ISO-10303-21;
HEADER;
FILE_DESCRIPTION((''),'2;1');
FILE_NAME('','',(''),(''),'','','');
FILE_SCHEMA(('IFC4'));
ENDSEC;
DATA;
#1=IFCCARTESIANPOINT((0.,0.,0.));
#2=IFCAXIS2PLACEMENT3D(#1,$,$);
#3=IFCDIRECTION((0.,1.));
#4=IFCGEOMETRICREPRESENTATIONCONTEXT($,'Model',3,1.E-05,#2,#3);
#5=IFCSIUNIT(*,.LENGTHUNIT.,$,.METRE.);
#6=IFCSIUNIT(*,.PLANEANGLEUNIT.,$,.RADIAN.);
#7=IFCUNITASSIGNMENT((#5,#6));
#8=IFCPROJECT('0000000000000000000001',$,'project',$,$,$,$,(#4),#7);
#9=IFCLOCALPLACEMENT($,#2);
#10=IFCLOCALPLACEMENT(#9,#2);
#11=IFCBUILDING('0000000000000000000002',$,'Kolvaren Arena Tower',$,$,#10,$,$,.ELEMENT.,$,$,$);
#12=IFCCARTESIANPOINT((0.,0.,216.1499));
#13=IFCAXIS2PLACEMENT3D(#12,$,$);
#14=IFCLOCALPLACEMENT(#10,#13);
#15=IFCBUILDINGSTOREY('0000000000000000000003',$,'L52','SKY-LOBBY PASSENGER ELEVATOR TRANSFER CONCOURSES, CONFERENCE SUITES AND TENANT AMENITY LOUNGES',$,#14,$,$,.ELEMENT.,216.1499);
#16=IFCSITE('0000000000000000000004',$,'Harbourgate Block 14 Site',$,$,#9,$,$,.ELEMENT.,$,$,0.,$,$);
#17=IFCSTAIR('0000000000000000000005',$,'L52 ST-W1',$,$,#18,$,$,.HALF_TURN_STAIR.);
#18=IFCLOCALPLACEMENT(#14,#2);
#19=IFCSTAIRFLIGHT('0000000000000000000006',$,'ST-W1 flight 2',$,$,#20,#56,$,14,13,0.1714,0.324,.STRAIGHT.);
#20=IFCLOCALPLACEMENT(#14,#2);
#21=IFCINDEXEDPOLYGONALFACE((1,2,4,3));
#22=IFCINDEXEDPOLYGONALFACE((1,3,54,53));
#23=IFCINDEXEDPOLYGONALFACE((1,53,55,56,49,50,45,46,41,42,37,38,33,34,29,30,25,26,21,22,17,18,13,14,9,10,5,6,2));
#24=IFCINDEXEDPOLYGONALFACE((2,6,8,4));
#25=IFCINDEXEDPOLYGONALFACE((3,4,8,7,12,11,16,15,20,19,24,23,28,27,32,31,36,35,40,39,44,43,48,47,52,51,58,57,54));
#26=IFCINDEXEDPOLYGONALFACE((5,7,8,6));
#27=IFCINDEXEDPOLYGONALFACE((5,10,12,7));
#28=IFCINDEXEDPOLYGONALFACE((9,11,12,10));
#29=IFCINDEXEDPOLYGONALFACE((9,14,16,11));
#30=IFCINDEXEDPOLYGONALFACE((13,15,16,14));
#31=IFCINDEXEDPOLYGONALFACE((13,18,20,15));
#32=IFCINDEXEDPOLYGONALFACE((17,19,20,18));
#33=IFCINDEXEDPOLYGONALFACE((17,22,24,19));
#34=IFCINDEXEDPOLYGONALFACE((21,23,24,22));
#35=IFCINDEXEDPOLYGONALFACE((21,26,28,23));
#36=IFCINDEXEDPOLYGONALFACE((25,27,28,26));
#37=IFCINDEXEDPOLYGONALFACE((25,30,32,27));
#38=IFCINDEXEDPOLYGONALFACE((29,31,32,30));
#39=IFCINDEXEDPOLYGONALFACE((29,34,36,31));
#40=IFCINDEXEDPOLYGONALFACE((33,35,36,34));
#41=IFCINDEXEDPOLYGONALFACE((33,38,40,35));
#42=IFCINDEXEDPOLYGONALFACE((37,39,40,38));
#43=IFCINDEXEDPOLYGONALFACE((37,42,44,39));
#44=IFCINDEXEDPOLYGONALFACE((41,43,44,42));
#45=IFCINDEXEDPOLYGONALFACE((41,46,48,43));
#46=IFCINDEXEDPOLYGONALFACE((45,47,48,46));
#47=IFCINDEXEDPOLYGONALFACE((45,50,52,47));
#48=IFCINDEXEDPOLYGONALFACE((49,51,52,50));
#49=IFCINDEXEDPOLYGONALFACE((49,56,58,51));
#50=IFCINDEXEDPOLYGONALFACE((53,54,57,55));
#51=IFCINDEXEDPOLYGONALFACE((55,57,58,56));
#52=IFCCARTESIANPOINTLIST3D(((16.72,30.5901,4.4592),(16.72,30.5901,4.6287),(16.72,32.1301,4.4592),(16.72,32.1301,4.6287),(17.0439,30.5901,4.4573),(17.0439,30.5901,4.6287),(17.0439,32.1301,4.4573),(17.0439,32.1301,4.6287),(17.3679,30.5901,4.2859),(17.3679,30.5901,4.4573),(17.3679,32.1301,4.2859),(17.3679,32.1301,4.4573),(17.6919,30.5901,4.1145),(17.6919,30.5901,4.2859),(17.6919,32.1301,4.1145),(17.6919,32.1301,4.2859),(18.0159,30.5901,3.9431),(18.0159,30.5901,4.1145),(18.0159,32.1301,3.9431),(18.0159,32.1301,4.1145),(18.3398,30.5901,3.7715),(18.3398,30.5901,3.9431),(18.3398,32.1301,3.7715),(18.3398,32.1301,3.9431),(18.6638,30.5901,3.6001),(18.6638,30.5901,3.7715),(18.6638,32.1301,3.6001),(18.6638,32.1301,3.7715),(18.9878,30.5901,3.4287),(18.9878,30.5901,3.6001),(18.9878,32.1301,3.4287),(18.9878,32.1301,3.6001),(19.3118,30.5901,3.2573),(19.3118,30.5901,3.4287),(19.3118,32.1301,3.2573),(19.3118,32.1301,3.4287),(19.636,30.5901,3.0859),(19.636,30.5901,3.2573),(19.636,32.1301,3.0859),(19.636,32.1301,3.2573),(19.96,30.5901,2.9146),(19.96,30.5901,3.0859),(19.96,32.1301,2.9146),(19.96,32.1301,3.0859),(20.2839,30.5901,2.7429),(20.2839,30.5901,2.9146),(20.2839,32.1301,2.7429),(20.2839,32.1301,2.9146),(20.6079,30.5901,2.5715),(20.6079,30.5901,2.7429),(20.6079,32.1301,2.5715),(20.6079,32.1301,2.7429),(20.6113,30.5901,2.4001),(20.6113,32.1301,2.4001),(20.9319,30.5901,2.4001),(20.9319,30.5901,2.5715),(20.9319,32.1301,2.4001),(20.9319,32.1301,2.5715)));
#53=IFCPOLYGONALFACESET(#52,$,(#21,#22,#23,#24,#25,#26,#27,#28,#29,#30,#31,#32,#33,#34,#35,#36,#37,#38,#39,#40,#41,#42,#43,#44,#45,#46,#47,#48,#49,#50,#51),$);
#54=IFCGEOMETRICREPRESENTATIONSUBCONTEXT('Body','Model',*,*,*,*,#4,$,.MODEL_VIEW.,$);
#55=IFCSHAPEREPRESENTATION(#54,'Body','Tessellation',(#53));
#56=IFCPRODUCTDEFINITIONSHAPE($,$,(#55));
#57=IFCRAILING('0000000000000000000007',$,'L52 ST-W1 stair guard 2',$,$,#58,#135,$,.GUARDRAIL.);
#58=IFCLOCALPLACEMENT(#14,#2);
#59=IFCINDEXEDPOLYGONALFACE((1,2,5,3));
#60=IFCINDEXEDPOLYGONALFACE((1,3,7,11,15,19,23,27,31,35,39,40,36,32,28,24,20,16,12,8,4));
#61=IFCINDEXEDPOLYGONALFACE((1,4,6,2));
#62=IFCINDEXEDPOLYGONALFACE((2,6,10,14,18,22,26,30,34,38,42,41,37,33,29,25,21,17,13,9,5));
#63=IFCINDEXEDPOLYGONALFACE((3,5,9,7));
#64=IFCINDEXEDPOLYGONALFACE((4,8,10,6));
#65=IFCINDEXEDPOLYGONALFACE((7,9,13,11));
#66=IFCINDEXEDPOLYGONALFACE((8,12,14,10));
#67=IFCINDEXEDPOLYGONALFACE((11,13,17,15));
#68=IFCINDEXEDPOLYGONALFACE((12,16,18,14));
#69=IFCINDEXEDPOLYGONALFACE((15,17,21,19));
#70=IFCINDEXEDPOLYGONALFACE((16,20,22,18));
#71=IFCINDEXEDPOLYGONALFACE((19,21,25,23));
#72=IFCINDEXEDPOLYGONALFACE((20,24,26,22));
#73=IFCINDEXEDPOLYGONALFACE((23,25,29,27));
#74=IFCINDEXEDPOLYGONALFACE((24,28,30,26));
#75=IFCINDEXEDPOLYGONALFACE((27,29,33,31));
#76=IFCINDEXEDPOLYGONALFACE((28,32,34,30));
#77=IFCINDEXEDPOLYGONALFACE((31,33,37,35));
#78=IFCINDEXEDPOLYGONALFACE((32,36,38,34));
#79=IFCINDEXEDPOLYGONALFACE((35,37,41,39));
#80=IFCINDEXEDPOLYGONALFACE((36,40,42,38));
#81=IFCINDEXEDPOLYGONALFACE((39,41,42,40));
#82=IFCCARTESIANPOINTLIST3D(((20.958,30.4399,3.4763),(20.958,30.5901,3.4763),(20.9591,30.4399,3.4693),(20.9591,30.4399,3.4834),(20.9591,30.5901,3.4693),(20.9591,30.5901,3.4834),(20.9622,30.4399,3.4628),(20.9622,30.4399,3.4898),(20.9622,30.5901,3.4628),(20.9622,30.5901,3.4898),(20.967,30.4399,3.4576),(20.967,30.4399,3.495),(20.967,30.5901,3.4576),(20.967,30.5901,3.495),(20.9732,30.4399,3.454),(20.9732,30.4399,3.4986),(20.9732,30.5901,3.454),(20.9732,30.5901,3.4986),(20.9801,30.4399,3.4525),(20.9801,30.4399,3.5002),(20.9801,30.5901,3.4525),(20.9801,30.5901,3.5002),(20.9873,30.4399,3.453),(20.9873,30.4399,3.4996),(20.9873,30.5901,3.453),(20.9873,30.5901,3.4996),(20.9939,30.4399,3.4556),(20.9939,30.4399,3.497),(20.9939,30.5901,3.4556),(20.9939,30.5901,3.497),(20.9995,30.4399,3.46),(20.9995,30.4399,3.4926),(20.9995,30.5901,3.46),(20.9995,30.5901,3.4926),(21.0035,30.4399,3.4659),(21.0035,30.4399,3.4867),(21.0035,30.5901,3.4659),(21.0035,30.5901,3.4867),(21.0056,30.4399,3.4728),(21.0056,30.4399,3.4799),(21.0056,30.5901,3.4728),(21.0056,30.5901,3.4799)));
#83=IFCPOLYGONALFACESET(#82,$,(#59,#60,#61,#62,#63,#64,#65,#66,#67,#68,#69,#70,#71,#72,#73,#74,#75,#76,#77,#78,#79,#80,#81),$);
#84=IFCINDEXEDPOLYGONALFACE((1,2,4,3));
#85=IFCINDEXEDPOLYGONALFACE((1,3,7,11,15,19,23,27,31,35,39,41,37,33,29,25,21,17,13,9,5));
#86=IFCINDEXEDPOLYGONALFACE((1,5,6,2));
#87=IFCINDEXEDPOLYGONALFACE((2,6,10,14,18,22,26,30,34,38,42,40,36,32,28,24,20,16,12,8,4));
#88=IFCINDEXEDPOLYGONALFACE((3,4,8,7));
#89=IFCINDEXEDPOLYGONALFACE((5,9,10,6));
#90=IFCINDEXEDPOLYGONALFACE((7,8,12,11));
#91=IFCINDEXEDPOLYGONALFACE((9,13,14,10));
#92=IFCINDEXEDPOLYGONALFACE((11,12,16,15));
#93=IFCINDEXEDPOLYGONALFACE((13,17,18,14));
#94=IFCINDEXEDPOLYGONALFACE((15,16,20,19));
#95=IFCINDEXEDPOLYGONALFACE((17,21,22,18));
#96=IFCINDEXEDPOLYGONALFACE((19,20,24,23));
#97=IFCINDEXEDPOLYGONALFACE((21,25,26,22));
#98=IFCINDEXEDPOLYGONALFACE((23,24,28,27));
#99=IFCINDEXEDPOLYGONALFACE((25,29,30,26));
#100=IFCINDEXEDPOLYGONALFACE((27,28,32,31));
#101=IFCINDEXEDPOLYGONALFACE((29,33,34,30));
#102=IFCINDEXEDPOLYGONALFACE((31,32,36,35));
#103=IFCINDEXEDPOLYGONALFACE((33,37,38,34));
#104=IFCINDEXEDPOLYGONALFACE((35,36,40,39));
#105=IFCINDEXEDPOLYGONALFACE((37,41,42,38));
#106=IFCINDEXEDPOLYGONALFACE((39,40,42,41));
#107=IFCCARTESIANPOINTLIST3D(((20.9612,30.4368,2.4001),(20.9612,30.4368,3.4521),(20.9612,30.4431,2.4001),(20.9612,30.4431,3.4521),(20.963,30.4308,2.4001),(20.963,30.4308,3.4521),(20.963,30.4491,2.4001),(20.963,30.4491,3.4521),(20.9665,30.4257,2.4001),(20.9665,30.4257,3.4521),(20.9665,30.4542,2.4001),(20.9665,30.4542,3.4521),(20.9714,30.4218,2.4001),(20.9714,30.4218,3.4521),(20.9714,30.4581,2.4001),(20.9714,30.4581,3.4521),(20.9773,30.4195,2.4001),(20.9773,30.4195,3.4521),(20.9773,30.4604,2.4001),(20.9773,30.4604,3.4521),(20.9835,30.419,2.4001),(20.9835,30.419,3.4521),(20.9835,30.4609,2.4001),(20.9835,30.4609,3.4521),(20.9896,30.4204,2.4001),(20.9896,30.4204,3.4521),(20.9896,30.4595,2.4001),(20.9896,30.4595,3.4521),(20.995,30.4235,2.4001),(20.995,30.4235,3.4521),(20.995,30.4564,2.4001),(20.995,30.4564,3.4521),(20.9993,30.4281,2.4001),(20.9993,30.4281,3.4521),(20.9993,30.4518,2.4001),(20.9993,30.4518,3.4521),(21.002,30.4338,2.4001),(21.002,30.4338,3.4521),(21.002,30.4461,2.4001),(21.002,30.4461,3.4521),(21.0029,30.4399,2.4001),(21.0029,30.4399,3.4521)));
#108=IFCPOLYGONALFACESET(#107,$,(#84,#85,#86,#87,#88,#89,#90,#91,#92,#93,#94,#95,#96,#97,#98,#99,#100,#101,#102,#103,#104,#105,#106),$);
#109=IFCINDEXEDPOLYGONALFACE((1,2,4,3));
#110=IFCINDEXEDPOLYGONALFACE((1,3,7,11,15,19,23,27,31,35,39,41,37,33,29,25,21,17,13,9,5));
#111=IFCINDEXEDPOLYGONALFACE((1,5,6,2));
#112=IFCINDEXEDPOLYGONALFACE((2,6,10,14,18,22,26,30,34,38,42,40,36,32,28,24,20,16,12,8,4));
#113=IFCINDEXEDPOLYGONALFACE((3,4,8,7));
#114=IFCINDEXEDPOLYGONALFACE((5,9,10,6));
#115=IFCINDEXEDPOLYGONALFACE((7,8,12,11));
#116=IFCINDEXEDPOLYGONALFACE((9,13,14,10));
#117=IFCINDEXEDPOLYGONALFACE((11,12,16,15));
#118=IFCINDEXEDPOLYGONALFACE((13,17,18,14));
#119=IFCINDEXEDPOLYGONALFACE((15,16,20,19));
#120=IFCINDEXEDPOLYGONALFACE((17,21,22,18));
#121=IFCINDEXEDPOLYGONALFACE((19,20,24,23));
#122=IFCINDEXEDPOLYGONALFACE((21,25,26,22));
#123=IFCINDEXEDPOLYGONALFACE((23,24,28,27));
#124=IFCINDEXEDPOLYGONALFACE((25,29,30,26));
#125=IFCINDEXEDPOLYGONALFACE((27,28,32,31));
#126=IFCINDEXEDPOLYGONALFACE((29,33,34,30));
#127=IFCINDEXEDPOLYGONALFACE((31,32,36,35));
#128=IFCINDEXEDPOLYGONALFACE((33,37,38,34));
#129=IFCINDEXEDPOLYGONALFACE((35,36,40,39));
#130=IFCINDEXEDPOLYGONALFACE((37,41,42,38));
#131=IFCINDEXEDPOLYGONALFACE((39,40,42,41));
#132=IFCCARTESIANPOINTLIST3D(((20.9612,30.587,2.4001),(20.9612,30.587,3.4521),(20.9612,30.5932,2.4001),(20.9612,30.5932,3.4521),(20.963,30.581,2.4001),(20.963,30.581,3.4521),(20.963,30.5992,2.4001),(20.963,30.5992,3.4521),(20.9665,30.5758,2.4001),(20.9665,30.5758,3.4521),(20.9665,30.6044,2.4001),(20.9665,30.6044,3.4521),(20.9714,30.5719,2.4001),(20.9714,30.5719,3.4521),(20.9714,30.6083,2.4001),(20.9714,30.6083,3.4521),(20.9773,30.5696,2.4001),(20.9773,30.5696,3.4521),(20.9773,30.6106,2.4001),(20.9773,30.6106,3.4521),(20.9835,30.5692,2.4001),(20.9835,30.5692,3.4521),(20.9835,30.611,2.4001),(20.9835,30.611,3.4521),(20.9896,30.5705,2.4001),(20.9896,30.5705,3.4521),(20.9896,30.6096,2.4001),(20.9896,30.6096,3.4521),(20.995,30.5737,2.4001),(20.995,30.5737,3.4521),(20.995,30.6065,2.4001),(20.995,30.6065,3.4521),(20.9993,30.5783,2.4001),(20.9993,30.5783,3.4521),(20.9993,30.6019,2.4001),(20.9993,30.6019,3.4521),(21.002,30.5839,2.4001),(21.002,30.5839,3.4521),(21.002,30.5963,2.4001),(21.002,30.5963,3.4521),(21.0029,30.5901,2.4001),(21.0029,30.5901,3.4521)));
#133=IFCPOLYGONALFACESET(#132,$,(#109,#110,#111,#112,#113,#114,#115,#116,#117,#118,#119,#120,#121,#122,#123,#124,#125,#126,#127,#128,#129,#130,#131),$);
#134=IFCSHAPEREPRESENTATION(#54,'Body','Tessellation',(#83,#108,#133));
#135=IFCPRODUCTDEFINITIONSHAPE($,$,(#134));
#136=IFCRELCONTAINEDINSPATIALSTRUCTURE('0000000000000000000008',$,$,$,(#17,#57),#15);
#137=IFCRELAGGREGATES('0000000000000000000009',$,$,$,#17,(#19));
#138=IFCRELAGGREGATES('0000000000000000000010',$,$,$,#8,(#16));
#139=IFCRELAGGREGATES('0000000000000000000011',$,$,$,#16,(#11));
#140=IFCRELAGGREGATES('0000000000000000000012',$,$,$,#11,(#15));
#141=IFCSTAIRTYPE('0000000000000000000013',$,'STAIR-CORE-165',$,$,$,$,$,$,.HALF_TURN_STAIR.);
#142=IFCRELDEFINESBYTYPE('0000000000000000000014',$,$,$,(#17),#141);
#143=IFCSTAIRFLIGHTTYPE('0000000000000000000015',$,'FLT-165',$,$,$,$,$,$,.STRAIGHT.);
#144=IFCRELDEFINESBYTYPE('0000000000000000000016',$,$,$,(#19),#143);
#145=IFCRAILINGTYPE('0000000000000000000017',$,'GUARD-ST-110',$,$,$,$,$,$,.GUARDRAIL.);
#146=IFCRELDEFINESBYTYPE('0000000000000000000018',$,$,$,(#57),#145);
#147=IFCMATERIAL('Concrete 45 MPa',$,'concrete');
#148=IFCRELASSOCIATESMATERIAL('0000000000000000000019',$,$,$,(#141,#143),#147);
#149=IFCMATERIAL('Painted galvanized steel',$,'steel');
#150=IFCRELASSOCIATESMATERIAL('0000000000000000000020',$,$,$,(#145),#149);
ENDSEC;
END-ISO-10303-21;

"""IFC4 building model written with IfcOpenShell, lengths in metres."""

from ifc_helpers import new_model, si_unit, direction, frame, origin, origin_2d, place, context, subcontext, project, spatial, polyline, circle, outline, extrude, material, type_object, element, aggregate, save


model = new_model("IFC4")

# Units and contexts
model_context = context("Model", 3, precision=1e-05, world=origin(), true_north=direction((0.0, 1.0)))
body_context = subcontext(model_context, "Body", "Model", "MODEL_VIEW")
ifc_project = project(units=[si_unit("LENGTHUNIT", "METRE"), si_unit("PLANEANGLEUNIT", "RADIAN")], contexts=[model_context])

# Site, building, storey
site_placement = place(None, origin())
site = spatial("IfcSite", under=ifc_project, at=site_placement, Name="Harbourgate Block 14 Site", CompositionType="ELEMENT", RefElevation=0.0)
building_placement = place(site_placement, origin())
building = spatial("IfcBuilding", under=site, at=building_placement, Name="Kolvaren Arena Tower", CompositionType="ELEMENT")
storey_placement = place(building_placement, frame((0.0, 0.0, 216.1499)))
storey = spatial("IfcBuildingStorey", under=building, at=storey_placement, Name="L52", Description="SKY-LOBBY PASSENGER ELEVATOR TRANSFER CONCOURSES, CONFERENCE SUITES AND TENANT AMENITY LOUNGES", CompositionType="ELEMENT", Elevation=216.1499)

# Shared definitions
ifc_material_1 = material(Name="Concrete 45 MPa", Category="concrete")

# Stair, stair flight
stair_type = type_object("IfcStairType", Name="STAIR-CORE-165", PredefinedType="HALF_TURN_STAIR", material=ifc_material_1)
stair_placement = place(storey_placement, origin())
stair = element("IfcStair", 1, at=stair_placement, inside=storey, type_object=stair_type, Name="L52 ST-W1", PredefinedType="HALF_TURN_STAIR")
stair_flight_type = type_object("IfcStairFlightType", Name="FLT-165", PredefinedType="STRAIGHT", material=ifc_material_1)
stair_flight_placement = place(storey_placement, frame((20.9319, 31.3601, 2.4001), z_axis=(0.0, 0.0, 1.0), x_axis=(-1.0, 0.0, 0.0)))
stair_flight = element("IfcStairFlight", 2, at=stair_flight_placement, type_object=stair_flight_type, Name="ST-W1 flight 2", NumberOfRisers=14, NumberOfTreads=13, PredefinedType="STRAIGHT", RiserHeight=0.1714, TreadLength=0.324, context=body_context, shape_type="SweptSolid", body=[
    extrude(outline(polyline([(0.0, 0.0), (0.0, 0.1714), (0.324, 0.1714), (0.324, 0.3428), (0.6479, 0.3428), (0.6479, 0.5144), (0.9719, 0.5144), (0.9719, 0.6858), (1.2959, 0.6858), (1.2959, 0.8572), (1.6201, 0.8572), (1.6201, 1.0286), (1.9441, 1.0286), (1.9441, 1.2), (2.2681, 1.2), (2.2681, 1.3713), (2.592, 1.3713), (2.592, 1.543), (2.916, 1.543), (2.916, 1.7144), (3.24, 1.7144), (3.24, 1.8857), (3.564, 1.8857), (3.564, 2.0571), (3.8879, 2.0571), (3.8879, 2.2285), (4.2119, 2.2285), (4.2119, 2.3999), (4.2119, 2.0591), (0.3206, 0.0), (0.0, 0.0)])), frame((0.0, 0.77, 0.0), z_axis=(0.0, -1.0, 0.0), x_axis=(1.0, 0.0, 0.0)), (0.0, 0.0, 1.0), 1.54),
])
aggregate(stair, [stair_flight])

# Railing
ifc_material_2 = material(Name="Painted galvanized steel", Category="steel")
railing_type = type_object("IfcRailingType", Name="GUARD-ST-110", PredefinedType="GUARDRAIL", material=ifc_material_2)
railing_1_placement = place(storey_placement, frame((20.9819, 30.4399, 2.4001)))
element("IfcRailing", 3, at=railing_1_placement, inside=storey, type_object=railing_type, Name="L52 ST-W1 stair guard 2", PredefinedType="GUARDRAIL", context=body_context, shape_type="SweptSolid", body=[
    extrude(circle(Radius=0.0239, at=origin_2d()), frame((0.0, 0.0, 1.0762), z_axis=(0.0, 1.0, 0.0), x_axis=(-1.0, 0.0, 0.0)), (0.0, 0.0, 1.0), 0.1501),
    extrude(circle(Radius=0.021, at=origin_2d()), origin(), (0.0, 0.0, 1.0), 1.052),
    extrude(circle(Radius=0.021, at=origin_2d()), frame((0.0, 0.1501, 0.0)), (0.0, 0.0, 1.0), 1.052),
])

save(model, "model.ifc")
